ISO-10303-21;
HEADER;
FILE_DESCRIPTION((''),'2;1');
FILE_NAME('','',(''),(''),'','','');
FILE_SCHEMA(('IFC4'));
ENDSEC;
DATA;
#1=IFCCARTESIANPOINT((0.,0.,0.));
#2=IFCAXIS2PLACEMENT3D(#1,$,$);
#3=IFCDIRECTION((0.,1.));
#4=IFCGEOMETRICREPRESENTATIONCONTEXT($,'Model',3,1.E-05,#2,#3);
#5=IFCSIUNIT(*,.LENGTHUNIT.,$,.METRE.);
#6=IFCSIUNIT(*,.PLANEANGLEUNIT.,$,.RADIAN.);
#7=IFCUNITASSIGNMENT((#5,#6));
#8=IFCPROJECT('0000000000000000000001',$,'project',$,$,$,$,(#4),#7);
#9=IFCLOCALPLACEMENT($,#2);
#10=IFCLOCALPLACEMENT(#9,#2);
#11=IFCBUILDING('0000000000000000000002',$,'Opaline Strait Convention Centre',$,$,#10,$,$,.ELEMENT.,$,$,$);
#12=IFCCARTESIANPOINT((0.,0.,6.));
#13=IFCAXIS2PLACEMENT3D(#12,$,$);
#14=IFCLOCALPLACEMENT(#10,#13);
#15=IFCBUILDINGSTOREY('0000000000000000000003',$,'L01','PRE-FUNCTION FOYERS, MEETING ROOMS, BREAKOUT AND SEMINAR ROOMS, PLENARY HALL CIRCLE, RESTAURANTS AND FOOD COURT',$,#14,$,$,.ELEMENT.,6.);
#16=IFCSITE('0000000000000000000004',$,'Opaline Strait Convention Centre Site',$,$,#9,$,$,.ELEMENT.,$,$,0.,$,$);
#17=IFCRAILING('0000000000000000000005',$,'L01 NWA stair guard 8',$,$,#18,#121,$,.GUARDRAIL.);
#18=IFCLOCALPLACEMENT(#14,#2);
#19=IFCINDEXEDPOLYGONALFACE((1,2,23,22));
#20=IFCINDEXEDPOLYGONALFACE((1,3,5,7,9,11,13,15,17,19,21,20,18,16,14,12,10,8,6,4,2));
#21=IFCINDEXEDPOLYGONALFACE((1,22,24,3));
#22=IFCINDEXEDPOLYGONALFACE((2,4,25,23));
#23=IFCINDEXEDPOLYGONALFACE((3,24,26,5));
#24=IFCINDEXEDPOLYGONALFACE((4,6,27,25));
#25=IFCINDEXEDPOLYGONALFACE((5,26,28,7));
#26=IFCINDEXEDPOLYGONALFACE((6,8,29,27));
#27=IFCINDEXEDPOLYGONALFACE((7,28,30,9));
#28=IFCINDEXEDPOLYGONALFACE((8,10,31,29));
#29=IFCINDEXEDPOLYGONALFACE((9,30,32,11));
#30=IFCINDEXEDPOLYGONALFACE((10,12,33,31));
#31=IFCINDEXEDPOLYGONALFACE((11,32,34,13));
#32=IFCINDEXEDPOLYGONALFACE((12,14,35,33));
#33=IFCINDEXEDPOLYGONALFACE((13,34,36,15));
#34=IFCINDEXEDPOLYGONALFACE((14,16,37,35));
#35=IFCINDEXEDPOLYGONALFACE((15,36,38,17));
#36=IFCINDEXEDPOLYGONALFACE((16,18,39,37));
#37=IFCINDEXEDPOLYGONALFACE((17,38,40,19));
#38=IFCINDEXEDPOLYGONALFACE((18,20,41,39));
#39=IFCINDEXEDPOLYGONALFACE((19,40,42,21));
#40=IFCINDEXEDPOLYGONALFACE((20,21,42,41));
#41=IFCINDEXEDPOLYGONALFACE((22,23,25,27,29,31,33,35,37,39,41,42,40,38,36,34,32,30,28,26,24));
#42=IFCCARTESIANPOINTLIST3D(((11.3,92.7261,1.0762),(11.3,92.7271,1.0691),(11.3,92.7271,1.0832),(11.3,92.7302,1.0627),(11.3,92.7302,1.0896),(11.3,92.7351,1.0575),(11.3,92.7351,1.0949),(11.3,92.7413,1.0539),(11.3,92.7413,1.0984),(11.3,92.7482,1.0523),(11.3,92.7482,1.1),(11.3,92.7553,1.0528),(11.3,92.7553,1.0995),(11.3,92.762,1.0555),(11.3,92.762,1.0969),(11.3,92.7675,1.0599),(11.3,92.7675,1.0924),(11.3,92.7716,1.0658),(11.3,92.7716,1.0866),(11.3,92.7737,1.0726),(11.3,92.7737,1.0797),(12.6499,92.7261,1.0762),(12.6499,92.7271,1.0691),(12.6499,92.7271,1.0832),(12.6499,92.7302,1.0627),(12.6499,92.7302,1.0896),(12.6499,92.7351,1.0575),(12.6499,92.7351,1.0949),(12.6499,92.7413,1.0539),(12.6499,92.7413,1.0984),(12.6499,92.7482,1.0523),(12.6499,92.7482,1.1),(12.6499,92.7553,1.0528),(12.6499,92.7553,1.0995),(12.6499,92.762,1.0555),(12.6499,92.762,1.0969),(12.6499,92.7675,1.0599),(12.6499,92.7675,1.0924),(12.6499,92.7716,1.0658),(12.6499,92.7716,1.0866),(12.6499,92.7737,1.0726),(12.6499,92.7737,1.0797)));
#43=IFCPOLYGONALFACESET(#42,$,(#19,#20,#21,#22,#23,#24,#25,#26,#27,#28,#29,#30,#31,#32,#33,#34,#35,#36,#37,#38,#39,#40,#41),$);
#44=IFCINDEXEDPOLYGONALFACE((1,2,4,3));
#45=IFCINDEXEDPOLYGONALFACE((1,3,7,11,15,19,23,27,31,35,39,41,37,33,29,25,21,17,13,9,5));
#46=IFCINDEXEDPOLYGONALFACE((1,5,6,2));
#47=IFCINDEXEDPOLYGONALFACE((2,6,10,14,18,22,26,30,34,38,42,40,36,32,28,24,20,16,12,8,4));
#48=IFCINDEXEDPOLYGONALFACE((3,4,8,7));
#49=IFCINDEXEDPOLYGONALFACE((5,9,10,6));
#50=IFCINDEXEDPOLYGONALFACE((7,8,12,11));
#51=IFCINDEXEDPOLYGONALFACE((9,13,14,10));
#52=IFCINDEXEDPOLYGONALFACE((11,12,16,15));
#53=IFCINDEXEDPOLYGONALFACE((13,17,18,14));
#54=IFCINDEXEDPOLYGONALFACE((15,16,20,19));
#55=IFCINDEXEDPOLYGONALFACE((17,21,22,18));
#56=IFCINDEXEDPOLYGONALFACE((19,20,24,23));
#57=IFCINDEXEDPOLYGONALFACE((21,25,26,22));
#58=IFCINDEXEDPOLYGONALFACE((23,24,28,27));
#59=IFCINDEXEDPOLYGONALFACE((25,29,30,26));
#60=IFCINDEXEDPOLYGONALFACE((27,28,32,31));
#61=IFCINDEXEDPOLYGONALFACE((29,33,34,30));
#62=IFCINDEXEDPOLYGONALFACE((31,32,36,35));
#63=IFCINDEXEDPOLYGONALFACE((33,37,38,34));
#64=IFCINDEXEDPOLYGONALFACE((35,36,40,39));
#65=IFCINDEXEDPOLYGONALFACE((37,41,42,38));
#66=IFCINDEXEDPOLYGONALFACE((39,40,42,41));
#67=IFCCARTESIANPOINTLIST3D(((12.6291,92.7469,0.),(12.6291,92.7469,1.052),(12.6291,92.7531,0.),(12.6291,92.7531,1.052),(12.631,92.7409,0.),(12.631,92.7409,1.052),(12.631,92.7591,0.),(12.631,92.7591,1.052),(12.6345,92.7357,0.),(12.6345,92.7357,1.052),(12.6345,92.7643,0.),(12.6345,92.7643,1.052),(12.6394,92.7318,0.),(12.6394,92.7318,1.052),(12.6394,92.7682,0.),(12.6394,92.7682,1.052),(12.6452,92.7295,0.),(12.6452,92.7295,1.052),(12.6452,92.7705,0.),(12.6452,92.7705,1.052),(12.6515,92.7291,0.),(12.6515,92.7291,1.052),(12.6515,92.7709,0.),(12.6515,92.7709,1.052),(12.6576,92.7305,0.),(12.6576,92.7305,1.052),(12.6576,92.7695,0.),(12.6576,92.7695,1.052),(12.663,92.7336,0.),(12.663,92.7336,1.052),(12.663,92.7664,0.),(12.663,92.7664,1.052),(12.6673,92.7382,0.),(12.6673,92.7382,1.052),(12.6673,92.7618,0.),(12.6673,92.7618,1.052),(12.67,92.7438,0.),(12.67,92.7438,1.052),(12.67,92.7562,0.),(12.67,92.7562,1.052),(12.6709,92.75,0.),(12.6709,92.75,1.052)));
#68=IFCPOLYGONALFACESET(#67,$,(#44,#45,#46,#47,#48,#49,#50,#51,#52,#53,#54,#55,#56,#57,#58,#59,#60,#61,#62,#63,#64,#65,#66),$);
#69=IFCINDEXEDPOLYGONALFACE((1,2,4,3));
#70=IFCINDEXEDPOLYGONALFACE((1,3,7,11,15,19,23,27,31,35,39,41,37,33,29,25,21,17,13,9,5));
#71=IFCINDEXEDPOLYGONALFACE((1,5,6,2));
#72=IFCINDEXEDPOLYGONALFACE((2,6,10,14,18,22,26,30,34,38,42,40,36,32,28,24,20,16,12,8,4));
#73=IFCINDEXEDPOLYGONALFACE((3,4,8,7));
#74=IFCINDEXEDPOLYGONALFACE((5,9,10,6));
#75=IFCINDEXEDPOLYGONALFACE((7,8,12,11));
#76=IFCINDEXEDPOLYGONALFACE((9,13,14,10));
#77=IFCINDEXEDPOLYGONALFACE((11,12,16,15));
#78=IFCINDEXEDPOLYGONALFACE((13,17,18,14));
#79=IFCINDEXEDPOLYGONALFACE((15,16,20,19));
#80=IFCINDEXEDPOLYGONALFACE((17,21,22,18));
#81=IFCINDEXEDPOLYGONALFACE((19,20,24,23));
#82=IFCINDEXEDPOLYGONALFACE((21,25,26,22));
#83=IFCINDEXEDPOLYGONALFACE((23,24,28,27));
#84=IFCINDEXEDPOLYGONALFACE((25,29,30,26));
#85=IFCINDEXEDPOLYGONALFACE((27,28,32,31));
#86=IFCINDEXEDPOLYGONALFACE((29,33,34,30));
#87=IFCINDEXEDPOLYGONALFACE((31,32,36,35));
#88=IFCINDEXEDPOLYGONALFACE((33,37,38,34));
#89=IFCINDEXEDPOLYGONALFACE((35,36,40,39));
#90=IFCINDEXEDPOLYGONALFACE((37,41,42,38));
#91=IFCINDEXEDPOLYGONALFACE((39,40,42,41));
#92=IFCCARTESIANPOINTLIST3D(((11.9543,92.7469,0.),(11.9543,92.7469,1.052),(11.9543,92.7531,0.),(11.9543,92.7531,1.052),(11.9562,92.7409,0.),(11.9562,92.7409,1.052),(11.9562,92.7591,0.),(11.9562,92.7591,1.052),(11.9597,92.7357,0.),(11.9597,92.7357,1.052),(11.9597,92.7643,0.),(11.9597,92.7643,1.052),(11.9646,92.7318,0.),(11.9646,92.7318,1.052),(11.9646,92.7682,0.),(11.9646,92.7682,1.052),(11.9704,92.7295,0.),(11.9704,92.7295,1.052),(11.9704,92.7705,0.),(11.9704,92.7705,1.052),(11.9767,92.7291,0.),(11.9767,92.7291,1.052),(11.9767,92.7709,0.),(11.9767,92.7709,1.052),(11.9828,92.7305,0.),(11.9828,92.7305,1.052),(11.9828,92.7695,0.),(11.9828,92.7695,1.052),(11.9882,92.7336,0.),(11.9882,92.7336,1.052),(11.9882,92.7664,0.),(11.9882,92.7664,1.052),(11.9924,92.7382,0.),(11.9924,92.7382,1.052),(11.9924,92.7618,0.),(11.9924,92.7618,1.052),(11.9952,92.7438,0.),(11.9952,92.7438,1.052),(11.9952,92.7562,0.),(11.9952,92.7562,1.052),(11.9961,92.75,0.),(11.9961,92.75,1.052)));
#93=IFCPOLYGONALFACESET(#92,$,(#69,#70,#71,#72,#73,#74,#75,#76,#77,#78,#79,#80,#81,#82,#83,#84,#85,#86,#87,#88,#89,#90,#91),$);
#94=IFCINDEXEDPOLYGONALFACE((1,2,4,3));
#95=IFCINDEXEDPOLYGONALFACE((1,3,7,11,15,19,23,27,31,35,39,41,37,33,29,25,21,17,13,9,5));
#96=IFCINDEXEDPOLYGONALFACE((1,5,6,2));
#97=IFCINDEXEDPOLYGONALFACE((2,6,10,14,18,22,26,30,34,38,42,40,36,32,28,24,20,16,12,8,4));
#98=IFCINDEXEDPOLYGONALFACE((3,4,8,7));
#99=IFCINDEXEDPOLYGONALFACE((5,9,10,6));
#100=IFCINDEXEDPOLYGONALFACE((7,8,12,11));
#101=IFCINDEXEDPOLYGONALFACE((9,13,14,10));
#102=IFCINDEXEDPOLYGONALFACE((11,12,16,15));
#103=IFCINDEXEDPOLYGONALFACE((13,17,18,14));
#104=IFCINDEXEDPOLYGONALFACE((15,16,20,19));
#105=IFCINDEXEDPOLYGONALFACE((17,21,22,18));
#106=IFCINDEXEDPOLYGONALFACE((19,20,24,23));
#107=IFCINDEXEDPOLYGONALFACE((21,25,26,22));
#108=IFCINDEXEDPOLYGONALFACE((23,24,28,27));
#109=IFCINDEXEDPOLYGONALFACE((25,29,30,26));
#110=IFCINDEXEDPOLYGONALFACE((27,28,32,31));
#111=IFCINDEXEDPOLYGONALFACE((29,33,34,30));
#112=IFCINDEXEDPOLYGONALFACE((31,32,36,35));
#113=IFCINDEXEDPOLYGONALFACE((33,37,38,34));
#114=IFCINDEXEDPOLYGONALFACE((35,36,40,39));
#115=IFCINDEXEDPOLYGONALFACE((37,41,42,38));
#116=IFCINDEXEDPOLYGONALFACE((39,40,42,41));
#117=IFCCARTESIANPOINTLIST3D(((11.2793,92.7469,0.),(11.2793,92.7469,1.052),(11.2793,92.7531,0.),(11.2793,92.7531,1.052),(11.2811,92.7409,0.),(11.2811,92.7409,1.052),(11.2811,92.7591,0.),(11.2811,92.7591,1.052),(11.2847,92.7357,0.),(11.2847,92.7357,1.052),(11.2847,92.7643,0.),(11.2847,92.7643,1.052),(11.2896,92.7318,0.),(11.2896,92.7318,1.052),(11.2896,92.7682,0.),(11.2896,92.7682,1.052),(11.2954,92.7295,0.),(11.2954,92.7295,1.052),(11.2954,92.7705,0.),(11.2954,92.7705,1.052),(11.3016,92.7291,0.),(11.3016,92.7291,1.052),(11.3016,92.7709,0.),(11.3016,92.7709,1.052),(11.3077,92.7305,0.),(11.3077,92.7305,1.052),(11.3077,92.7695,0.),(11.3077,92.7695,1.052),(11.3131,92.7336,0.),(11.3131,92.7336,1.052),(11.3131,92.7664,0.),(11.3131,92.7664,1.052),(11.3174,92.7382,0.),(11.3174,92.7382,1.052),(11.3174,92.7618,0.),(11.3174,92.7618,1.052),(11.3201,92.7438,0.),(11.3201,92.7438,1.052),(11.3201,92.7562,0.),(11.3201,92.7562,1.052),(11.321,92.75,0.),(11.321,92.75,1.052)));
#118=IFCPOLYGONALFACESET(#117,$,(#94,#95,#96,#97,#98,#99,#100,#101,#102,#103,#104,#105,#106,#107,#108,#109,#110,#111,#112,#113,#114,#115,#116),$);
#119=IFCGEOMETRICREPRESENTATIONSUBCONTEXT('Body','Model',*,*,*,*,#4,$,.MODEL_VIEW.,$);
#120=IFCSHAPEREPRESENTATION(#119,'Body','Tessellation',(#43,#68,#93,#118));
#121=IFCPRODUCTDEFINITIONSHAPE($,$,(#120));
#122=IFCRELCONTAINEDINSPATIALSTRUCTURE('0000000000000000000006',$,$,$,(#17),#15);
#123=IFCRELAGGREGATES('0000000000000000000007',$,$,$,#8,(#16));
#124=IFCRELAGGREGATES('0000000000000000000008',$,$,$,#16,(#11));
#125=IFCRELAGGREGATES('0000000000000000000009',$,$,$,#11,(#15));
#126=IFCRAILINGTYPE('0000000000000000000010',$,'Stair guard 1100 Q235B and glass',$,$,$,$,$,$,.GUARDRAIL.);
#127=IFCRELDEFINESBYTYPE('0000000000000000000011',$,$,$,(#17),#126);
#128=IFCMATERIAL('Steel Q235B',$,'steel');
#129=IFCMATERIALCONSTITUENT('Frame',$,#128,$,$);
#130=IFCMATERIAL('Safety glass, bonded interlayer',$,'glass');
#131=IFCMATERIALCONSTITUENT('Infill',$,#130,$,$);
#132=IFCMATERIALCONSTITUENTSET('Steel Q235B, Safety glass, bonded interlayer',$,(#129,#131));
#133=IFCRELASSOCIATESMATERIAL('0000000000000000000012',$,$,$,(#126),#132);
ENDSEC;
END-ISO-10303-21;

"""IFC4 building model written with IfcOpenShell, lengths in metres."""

from ifc_helpers import new_model, si_unit, direction, frame, origin, origin_2d, place, context, subcontext, project, spatial, circle, extrude, material, constituent, constituent_set, type_object, element, save


model = new_model("IFC4")

# Units and contexts
model_context = context("Model", 3, precision=1e-05, world=origin(), true_north=direction((0.0, 1.0)))
body_context = subcontext(model_context, "Body", "Model", "MODEL_VIEW")
ifc_project = project(units=[si_unit("LENGTHUNIT", "METRE"), si_unit("PLANEANGLEUNIT", "RADIAN")], contexts=[model_context])

# Site, building, storey
site_placement = place(None, origin())
site = spatial("IfcSite", under=ifc_project, at=site_placement, Name="Opaline Strait Convention Centre Site", CompositionType="ELEMENT", RefElevation=0.0)
building_placement = place(site_placement, origin())
building = spatial("IfcBuilding", under=site, at=building_placement, Name="Opaline Strait Convention Centre", CompositionType="ELEMENT")
storey_placement = place(building_placement, frame((0.0, 0.0, 6.0)))
storey = spatial("IfcBuildingStorey", under=building, at=storey_placement, Name="L01", Description="PRE-FUNCTION FOYERS, MEETING ROOMS, BREAKOUT AND SEMINAR ROOMS, PLENARY HALL CIRCLE, RESTAURANTS AND FOOD COURT", CompositionType="ELEMENT", Elevation=6.0)

# Railing
ifc_material_1 = material(Name="Steel Q235B", Category="steel")
ifc_constituent_1 = constituent(ifc_material_1, Name="Frame")
ifc_material_2 = material(Name="Safety glass, bonded interlayer", Category="glass")
ifc_constituent_2 = constituent(ifc_material_2, Name="Infill")
ifc_constituent_set = constituent_set(constituents=[ifc_constituent_1, ifc_constituent_2], Name="Steel Q235B, Safety glass, bonded interlayer")
railing_type_1 = type_object("IfcRailingType", Name="Stair guard 1100 Q235B and glass", PredefinedType="GUARDRAIL", material=ifc_constituent_set)
railing_1_placement = place(storey_placement, frame((12.6499, 92.75, 0.0)))
element("IfcRailing", 1, at=railing_1_placement, inside=storey, type_object=railing_type_1, Name="L01 NWA stair guard 8", PredefinedType="GUARDRAIL", context=body_context, shape_type="SweptSolid", body=[
    extrude(circle(Radius=0.0239, at=origin_2d()), frame((0.0, 0.0, 1.0762), z_axis=(-1.0, 0.0, 0.0), x_axis=(0.0, -1.0, 0.0)), (0.0, 0.0, 1.0), 1.3499),
    extrude(circle(Radius=0.021, at=origin_2d()), origin(), (0.0, 0.0, 1.0), 1.052),
    extrude(circle(Radius=0.021, at=origin_2d()), frame((-0.6748, 0.0, 0.0)), (0.0, 0.0, 1.0), 1.052),
    extrude(circle(Radius=0.021, at=origin_2d()), frame((-1.3499, 0.0, 0.0)), (0.0, 0.0, 1.0), 1.052),
])

save(model, "model.ifc")
